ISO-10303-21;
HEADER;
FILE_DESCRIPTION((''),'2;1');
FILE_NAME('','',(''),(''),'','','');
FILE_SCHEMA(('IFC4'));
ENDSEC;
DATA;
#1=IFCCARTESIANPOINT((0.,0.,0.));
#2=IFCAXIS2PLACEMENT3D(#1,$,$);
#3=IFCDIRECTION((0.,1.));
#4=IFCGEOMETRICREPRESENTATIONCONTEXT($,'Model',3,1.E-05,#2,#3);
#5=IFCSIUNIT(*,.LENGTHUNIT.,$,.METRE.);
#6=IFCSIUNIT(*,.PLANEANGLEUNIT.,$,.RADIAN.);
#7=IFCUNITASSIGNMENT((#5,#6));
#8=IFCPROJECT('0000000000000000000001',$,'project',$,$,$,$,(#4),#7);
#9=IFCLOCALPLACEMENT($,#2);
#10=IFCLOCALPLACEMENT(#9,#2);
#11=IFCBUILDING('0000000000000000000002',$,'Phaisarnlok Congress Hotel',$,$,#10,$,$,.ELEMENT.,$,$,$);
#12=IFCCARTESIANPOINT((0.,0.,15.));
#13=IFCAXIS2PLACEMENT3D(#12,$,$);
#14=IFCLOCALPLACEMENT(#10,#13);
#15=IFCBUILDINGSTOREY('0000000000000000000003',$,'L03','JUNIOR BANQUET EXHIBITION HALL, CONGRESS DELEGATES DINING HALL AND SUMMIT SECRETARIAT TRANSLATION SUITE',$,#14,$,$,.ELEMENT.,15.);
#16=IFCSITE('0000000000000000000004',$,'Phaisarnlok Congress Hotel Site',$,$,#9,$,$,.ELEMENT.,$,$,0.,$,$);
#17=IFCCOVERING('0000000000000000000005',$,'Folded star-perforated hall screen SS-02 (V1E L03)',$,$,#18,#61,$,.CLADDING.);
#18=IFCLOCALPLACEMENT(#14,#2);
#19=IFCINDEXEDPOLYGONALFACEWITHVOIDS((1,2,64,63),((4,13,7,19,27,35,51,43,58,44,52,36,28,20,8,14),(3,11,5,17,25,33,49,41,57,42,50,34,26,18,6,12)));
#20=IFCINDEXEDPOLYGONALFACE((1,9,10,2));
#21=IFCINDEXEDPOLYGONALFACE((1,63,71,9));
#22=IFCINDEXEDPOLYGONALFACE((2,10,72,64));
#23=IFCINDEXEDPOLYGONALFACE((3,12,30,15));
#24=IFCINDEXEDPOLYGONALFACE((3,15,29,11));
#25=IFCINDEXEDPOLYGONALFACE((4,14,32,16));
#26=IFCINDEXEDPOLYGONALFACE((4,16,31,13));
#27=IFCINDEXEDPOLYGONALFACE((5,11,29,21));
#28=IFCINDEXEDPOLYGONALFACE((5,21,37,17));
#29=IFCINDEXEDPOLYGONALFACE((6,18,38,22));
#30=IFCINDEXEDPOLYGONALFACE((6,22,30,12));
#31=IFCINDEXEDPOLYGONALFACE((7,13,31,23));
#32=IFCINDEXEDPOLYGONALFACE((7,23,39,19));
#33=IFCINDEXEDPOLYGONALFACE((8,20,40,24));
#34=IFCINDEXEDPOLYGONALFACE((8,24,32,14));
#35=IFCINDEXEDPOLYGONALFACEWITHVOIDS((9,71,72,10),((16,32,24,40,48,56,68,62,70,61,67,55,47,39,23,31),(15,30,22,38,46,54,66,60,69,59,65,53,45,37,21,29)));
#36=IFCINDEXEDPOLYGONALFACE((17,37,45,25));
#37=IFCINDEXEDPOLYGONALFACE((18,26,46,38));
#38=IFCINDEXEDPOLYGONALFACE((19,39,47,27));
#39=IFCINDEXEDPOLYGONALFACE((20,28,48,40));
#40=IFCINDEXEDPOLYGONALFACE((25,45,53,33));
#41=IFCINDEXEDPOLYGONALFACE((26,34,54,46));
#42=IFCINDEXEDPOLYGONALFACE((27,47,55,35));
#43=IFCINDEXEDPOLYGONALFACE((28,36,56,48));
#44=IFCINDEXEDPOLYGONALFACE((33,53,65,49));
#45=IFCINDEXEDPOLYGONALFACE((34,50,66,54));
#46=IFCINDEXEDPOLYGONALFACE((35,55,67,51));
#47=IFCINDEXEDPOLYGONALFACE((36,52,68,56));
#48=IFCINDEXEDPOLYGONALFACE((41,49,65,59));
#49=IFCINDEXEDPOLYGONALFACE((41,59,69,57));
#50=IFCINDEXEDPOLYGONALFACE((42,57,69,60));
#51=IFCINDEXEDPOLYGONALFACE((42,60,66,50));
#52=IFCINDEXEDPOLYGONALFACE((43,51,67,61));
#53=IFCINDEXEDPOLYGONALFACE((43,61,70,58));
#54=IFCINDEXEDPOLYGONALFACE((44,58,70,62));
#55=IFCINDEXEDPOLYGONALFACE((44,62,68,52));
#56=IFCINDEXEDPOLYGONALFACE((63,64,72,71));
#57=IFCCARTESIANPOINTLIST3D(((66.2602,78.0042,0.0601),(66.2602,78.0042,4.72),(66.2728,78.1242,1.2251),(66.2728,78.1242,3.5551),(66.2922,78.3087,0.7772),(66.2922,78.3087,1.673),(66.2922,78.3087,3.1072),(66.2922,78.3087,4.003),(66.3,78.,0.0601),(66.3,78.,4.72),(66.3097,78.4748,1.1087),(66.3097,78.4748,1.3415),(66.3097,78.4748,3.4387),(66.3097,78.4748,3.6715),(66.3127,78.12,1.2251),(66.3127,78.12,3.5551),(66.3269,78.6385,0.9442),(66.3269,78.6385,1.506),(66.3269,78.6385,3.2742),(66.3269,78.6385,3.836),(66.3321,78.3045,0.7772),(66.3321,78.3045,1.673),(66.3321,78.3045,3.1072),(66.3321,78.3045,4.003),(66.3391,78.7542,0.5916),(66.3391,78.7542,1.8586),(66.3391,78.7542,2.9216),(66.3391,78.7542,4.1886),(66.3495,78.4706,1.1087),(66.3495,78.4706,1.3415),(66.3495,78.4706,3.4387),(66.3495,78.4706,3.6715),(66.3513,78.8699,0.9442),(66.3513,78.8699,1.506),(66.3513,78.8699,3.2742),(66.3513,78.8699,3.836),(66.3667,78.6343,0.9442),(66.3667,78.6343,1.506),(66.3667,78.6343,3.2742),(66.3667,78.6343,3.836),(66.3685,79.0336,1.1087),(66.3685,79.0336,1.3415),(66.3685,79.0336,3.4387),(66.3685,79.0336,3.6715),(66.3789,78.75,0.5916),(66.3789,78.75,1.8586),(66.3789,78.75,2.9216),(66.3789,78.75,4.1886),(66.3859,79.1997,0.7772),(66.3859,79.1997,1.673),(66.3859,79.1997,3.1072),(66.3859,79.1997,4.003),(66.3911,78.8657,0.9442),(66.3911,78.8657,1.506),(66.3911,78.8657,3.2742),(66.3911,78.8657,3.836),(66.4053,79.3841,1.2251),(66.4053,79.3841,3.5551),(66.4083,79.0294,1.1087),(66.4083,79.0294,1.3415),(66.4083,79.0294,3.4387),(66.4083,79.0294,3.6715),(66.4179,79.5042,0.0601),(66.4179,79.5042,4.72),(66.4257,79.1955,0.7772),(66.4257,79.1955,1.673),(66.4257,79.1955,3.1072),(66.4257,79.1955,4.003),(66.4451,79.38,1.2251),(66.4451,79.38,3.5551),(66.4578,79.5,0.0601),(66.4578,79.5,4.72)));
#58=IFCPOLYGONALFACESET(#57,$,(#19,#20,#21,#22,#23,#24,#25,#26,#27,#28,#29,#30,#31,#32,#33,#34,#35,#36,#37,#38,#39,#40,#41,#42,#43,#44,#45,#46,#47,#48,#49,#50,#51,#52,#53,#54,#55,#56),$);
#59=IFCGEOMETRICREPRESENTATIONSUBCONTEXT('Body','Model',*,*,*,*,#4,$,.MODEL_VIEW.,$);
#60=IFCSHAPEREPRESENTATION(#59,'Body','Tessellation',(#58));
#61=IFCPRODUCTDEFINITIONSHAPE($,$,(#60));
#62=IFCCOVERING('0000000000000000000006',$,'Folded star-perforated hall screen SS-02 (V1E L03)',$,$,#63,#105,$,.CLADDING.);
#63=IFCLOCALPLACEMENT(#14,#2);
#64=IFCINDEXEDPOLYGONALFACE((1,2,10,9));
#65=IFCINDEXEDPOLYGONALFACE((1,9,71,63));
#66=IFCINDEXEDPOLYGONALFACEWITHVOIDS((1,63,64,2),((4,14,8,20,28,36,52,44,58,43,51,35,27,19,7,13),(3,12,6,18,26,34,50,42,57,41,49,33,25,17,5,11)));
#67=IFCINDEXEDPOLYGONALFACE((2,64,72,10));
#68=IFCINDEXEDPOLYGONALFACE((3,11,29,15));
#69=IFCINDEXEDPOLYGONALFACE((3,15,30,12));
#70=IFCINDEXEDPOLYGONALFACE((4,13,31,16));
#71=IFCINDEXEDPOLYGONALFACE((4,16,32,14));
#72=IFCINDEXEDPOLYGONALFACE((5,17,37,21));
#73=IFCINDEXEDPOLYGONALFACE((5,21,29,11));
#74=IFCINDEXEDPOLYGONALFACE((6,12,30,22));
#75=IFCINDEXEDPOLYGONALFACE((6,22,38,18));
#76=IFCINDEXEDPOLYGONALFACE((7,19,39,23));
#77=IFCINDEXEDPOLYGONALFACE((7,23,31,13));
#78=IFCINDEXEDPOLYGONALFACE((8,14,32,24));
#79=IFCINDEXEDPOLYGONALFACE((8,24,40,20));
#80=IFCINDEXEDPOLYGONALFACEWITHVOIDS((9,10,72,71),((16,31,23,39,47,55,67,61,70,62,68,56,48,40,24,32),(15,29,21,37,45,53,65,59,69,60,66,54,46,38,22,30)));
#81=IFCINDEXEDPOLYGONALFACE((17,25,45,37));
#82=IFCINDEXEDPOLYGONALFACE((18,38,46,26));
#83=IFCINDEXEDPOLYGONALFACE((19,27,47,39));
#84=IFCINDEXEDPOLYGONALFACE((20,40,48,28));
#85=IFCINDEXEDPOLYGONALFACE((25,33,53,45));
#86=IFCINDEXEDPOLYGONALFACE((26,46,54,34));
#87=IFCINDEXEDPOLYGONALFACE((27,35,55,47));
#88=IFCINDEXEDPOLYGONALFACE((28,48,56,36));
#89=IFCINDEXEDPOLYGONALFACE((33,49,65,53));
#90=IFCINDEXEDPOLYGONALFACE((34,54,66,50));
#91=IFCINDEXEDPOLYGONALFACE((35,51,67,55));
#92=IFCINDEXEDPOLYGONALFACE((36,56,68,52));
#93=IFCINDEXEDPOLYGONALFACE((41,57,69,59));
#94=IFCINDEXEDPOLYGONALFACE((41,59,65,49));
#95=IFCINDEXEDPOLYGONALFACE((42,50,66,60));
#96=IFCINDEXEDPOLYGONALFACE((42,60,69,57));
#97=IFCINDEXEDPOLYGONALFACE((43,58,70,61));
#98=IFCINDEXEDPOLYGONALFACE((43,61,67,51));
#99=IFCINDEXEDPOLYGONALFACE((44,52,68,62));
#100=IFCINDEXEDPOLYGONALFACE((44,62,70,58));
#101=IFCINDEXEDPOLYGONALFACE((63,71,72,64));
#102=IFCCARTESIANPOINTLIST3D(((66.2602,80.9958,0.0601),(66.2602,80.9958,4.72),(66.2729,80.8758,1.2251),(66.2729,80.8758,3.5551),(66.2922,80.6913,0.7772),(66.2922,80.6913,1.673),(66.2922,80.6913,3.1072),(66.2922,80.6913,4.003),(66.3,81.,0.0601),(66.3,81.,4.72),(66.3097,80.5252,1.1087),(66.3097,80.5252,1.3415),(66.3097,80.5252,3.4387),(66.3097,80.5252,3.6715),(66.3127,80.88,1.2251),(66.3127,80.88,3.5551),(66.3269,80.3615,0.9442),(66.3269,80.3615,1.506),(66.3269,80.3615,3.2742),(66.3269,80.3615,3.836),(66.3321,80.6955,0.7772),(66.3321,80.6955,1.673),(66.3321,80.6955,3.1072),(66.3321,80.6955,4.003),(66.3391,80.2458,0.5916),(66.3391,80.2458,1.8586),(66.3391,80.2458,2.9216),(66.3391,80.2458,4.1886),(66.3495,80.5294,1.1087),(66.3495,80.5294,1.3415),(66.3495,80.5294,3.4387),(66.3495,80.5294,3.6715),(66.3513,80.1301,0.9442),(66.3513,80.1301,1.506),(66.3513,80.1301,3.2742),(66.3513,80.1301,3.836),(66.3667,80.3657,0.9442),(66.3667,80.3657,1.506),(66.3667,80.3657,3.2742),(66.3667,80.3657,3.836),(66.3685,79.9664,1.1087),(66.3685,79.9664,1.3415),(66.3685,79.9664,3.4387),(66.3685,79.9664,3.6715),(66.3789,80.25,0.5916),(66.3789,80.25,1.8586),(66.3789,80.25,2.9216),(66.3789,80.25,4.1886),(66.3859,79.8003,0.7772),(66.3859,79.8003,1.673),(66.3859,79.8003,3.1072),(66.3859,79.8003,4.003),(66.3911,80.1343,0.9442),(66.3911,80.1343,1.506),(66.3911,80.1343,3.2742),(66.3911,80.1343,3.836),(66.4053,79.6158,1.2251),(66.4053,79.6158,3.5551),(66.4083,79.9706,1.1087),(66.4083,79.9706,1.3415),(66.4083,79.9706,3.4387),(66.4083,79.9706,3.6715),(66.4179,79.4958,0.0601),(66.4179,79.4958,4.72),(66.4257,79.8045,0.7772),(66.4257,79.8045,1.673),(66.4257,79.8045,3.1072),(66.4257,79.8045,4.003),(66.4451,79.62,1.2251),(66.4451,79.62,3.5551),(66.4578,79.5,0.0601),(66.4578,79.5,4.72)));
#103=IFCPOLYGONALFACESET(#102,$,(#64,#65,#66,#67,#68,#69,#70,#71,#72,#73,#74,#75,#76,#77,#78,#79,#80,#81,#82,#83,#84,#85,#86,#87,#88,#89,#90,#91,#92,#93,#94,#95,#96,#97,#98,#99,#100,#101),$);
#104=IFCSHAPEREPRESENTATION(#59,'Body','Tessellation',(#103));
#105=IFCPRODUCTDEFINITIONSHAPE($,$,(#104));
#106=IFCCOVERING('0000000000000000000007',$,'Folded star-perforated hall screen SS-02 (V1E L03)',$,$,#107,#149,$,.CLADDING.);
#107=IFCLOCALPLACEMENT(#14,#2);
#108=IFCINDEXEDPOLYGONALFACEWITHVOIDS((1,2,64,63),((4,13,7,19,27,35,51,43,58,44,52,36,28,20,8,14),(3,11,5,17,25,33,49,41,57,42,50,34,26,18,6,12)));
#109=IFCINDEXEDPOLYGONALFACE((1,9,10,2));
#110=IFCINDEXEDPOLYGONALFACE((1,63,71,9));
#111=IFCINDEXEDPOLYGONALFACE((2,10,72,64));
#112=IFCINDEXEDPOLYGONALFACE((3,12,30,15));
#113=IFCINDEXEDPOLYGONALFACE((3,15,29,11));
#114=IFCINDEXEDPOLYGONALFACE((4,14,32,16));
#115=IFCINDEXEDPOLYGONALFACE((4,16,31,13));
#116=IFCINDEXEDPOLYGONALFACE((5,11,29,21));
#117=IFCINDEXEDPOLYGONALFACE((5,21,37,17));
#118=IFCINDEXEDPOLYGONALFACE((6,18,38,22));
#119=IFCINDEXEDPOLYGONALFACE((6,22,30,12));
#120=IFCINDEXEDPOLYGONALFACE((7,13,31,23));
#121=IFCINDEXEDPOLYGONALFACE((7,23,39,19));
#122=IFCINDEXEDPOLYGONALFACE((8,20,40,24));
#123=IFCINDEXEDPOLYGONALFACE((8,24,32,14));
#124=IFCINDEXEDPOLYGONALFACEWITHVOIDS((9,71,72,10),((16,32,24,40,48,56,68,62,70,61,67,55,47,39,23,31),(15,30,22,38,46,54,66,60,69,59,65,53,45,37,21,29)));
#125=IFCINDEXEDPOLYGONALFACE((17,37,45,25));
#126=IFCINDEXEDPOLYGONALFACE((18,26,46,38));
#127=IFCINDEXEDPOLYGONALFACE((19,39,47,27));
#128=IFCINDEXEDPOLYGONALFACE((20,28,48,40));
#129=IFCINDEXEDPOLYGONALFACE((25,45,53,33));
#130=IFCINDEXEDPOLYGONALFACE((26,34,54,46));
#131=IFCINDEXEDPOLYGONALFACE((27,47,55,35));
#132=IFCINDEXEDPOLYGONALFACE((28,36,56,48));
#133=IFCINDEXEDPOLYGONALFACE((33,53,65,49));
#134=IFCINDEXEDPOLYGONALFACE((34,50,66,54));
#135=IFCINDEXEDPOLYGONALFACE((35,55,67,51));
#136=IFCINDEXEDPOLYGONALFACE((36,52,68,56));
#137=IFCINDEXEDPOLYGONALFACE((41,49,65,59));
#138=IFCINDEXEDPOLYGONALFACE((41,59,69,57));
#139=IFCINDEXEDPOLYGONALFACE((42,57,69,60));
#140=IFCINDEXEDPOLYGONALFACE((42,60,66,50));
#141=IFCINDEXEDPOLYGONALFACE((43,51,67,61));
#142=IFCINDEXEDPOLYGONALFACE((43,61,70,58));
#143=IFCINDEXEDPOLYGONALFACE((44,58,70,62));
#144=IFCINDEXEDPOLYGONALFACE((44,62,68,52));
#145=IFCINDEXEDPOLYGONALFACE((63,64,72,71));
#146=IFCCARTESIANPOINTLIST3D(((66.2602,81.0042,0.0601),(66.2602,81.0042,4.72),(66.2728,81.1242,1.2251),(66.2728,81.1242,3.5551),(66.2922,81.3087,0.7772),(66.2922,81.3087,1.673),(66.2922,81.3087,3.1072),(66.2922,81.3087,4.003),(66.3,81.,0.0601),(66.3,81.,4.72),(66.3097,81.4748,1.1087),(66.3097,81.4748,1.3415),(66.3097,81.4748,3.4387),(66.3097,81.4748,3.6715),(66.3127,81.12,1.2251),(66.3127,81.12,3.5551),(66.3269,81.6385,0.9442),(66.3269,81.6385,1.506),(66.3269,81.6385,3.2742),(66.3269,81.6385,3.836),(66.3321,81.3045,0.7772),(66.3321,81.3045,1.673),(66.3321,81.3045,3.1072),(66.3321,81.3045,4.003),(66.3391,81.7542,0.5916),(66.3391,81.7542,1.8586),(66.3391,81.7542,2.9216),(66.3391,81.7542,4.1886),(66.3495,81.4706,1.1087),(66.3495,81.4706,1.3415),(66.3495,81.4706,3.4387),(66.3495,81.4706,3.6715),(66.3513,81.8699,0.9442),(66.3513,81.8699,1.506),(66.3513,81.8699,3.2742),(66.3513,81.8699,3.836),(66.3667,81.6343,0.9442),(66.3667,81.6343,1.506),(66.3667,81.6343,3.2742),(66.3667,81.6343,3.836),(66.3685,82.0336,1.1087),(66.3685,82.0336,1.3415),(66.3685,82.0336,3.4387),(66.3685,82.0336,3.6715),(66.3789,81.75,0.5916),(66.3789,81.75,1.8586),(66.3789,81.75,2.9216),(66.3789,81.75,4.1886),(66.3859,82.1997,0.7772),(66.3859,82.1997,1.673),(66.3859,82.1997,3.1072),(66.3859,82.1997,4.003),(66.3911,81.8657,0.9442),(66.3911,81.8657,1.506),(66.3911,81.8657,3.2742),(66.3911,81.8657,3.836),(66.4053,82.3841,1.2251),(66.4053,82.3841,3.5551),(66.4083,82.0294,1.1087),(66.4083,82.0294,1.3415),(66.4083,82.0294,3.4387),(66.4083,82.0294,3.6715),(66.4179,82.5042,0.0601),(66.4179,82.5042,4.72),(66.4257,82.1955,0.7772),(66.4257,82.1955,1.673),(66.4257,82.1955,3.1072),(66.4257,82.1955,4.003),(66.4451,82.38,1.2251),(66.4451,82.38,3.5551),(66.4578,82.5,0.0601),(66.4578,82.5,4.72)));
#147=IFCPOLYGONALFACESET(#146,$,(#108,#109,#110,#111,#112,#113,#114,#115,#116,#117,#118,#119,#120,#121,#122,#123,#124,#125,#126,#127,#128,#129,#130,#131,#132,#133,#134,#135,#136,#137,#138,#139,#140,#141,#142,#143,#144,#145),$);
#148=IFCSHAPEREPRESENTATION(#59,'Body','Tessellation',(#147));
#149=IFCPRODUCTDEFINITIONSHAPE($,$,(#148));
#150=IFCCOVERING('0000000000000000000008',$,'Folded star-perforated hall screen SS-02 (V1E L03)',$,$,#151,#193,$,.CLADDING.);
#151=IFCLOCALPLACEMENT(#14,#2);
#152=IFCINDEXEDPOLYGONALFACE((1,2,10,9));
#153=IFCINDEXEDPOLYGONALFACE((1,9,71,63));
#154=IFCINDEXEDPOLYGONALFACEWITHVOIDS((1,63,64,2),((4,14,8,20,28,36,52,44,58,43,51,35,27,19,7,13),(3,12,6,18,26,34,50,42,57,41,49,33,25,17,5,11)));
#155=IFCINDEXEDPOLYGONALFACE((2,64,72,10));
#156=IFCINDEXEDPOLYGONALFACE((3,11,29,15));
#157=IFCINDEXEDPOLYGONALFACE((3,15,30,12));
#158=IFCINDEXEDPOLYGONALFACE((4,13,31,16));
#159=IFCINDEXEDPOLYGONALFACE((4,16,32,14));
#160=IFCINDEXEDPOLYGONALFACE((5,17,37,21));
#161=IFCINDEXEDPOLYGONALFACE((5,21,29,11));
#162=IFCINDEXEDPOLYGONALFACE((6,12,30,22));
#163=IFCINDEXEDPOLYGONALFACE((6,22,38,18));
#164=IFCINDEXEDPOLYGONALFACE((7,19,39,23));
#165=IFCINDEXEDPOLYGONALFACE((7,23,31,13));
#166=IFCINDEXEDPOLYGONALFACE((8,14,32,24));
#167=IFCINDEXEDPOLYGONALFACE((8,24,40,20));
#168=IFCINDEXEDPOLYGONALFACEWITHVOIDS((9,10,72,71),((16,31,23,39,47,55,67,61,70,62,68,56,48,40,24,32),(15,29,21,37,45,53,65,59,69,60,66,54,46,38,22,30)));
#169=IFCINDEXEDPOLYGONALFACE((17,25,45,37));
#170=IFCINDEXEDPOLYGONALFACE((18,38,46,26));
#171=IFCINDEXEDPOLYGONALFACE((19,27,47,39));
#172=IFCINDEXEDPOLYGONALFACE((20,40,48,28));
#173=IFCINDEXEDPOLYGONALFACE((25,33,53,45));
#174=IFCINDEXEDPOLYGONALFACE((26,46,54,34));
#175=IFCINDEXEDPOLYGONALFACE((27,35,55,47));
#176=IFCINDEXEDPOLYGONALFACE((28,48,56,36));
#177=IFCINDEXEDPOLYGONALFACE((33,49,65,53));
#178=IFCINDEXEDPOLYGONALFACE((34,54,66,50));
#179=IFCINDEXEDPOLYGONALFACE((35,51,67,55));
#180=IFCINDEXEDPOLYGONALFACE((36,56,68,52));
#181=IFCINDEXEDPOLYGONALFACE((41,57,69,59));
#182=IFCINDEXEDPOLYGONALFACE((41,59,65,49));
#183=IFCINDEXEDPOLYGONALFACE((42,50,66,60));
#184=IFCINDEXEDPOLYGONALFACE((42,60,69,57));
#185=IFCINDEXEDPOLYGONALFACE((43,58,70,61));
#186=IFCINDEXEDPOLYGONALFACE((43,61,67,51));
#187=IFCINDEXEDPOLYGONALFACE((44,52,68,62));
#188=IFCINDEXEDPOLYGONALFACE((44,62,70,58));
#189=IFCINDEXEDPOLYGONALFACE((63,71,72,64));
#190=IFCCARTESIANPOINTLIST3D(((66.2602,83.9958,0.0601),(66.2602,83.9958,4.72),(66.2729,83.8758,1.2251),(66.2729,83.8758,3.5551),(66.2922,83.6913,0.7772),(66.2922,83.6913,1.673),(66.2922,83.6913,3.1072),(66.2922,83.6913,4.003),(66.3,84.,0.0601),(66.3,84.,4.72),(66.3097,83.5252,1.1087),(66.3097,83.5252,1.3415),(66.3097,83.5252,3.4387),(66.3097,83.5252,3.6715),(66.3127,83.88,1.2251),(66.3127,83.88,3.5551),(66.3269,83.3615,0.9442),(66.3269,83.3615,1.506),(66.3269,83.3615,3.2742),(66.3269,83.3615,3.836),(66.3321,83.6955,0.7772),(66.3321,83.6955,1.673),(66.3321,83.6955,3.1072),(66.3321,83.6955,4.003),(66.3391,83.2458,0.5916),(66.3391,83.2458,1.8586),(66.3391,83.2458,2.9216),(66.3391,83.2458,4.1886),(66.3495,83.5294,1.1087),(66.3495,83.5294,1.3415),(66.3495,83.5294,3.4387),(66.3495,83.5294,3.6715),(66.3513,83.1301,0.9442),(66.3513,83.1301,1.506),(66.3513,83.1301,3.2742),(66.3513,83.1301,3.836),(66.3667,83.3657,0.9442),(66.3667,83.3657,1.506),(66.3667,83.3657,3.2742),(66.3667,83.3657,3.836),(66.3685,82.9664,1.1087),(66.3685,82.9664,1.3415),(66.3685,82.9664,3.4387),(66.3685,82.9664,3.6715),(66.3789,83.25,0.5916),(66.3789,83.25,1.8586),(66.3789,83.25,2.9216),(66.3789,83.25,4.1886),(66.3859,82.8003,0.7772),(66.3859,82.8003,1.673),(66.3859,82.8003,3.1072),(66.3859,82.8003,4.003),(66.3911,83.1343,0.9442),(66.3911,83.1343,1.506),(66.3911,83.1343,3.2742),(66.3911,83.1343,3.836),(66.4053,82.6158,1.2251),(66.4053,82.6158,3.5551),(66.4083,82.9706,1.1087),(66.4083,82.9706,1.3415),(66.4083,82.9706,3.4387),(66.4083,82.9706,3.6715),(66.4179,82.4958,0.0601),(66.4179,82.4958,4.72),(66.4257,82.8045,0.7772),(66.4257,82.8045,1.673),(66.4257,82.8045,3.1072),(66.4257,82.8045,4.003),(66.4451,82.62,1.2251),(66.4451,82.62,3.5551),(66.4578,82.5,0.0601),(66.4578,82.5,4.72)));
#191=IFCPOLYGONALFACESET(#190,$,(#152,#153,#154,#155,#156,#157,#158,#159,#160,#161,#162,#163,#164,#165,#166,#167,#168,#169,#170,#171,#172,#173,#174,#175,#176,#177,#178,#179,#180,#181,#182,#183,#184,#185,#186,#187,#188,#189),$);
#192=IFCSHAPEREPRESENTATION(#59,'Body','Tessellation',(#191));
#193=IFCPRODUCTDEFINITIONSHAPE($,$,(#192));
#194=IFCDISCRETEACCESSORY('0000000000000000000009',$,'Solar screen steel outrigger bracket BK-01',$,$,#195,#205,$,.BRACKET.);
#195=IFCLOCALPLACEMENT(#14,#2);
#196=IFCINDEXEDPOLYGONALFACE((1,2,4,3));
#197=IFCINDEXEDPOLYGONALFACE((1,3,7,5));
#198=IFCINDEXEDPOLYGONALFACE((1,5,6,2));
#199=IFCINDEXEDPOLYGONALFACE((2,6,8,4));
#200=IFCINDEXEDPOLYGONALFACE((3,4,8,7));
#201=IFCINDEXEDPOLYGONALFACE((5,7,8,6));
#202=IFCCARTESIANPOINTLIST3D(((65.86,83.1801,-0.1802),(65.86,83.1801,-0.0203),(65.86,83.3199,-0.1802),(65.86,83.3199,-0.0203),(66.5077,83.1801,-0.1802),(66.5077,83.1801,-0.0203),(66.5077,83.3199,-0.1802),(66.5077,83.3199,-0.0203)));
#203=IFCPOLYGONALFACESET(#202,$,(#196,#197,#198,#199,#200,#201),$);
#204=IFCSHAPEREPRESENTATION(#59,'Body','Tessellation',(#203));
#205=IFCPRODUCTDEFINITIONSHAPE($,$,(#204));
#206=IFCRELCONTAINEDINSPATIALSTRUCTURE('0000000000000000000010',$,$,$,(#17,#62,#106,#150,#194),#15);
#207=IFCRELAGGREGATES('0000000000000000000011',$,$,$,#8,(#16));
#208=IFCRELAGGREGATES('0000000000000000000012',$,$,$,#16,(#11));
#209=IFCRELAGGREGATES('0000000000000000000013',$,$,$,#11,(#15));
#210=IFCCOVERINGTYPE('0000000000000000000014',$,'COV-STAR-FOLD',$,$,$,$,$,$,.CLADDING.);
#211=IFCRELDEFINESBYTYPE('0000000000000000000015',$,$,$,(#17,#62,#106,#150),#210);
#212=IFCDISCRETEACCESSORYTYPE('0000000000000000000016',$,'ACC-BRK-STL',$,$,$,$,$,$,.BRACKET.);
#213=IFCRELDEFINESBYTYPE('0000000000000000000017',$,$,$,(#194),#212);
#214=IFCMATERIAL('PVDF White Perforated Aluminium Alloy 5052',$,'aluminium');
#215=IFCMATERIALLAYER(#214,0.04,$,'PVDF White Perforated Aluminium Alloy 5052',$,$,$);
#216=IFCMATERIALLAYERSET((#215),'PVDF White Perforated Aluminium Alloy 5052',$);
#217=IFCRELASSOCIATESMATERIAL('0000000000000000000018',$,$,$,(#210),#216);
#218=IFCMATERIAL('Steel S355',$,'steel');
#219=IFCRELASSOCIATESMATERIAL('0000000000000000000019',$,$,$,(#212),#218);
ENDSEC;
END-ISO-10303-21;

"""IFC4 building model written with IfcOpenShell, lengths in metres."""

from ifc_helpers import new_model, si_unit, direction, frame, origin, origin_2d, place, context, subcontext, project, spatial, polyline, rectangle, outline, extrude, material, layer, layer_set, type_object, element, save


model = new_model("IFC4")

# Units and contexts
model_context = context("Model", 3, precision=1e-05, world=origin(), true_north=direction((0.0, 1.0)))
body_context = subcontext(model_context, "Body", "Model", "MODEL_VIEW")
ifc_project = project(units=[si_unit("LENGTHUNIT", "METRE"), si_unit("PLANEANGLEUNIT", "RADIAN")], contexts=[model_context])

# Site, building, storey
site_placement = place(None, origin())
site = spatial("IfcSite", under=ifc_project, at=site_placement, Name="Phaisarnlok Congress Hotel Site", CompositionType="ELEMENT", RefElevation=0.0)
building_placement = place(site_placement, origin())
building = spatial("IfcBuilding", under=site, at=building_placement, Name="Phaisarnlok Congress Hotel", CompositionType="ELEMENT")
storey_placement = place(building_placement, frame((0.0, 0.0, 15.0)))
storey = spatial("IfcBuildingStorey", under=building, at=storey_placement, Name="L03", Description="JUNIOR BANQUET EXHIBITION HALL, CONGRESS DELEGATES DINING HALL AND SUMMIT SECRETARIAT TRANSLATION SUITE", CompositionType="ELEMENT", Elevation=15.0)

# Shared definitions
ifc_material_1 = material(Name="Steel S355", Category="steel")

# Coverings
ifc_material_2 = material(Name="PVDF White Perforated Aluminium Alloy 5052", Category="aluminium")
ifc_layer_1 = layer(ifc_material_2, 0.04, Name="PVDF White Perforated Aluminium Alloy 5052")
ifc_layer_set_1 = layer_set([ifc_layer_1], Name="PVDF White Perforated Aluminium Alloy 5052")
covering_type = type_object("IfcCoveringType", Name="COV-STAR-FOLD", PredefinedType="CLADDING", material=ifc_layer_set_1)
for number, where, z_axis, x_axis, name in (
    (1, (66.4578, 79.5, 0.0601), (-0.994518, 0.104567, 0.0), (-0.104567, -0.994518, 0.0), "Folded star-perforated hall screen SS-02 (V1E L03)"),
    (2, (66.3, 81.0, 0.0601), (-0.994518, -0.104567, 0.0), (0.104567, -0.994518, 0.0), "Folded star-perforated hall screen SS-02 (V1E L03)"),
    (3, (66.4578, 82.5, 0.0601), (-0.994518, 0.104567, 0.0), (-0.104567, -0.994518, 0.0), "Folded star-perforated hall screen SS-02 (V1E L03)"),
    (4, (66.3, 84.0, 0.0601), (-0.994518, -0.104567, 0.0), (0.104567, -0.994518, 0.0), "Folded star-perforated hall screen SS-02 (V1E L03)"),
):
    element("IfcCovering", number, at=place(storey_placement, frame(where, z_axis=z_axis, x_axis=x_axis)), inside=storey, type_object=covering_type, Name=name, PredefinedType="CLADDING", context=body_context, shape_type="SweptSolid", body=[
        extrude(outline(polyline([(0.0, 0.0), (1.5083, 0.0), (1.5083, 4.6599), (0.0, 4.6599), (0.0, 0.0)]), holes=[polyline([(1.0351, 1.0486), (1.2021, 0.7171), (0.8705, 0.8841), (0.7541, 0.5315), (0.6378, 0.8841), (0.3062, 0.7171), (0.4732, 1.0486), (0.1207, 1.165), (0.4732, 1.2814), (0.3062, 1.6129), (0.6378, 1.4459), (0.7541, 1.7985), (0.8705, 1.4459), (1.2021, 1.6129), (1.0351, 1.2814), (1.3876, 1.165), (1.0351, 1.0486)]), polyline([(1.0351, 3.3786), (1.2021, 3.0471), (0.8705, 3.2141), (0.7541, 2.8615), (0.6378, 3.2141), (0.3062, 3.0471), (0.4732, 3.3786), (0.1207, 3.495), (0.4732, 3.6114), (0.3062, 3.9429), (0.6378, 3.7759), (0.7541, 4.1285), (0.8705, 3.7759), (1.2021, 3.9429), (1.0351, 3.6114), (1.3876, 3.495), (1.0351, 3.3786)])]), origin(), (0.0, 0.0, 1.0), 0.04),
    ])

# Discrete accessory
discrete_accessory_type = type_object("IfcDiscreteAccessoryType", Name="ACC-BRK-STL", PredefinedType="BRACKET", material=ifc_material_1)
for number, where, z_axis, x_axis, name in (
    (5, (66.1838, 83.25, -0.1802), (0.0, 0.0, 1.0), (1.0, 0.0, 0.0), "Solar screen steel outrigger bracket BK-01"),
):
    element("IfcDiscreteAccessory", number, at=place(storey_placement, frame(where, z_axis=z_axis, x_axis=x_axis)), inside=storey, type_object=discrete_accessory_type, Name=name, PredefinedType="BRACKET", context=body_context, shape_type="SweptSolid", body=[
        extrude(rectangle(XDim=0.6477, YDim=0.1399, at=origin_2d()), origin(), (0.0, 0.0, 1.0), 0.1599),
    ])

save(model, "model.ifc")
